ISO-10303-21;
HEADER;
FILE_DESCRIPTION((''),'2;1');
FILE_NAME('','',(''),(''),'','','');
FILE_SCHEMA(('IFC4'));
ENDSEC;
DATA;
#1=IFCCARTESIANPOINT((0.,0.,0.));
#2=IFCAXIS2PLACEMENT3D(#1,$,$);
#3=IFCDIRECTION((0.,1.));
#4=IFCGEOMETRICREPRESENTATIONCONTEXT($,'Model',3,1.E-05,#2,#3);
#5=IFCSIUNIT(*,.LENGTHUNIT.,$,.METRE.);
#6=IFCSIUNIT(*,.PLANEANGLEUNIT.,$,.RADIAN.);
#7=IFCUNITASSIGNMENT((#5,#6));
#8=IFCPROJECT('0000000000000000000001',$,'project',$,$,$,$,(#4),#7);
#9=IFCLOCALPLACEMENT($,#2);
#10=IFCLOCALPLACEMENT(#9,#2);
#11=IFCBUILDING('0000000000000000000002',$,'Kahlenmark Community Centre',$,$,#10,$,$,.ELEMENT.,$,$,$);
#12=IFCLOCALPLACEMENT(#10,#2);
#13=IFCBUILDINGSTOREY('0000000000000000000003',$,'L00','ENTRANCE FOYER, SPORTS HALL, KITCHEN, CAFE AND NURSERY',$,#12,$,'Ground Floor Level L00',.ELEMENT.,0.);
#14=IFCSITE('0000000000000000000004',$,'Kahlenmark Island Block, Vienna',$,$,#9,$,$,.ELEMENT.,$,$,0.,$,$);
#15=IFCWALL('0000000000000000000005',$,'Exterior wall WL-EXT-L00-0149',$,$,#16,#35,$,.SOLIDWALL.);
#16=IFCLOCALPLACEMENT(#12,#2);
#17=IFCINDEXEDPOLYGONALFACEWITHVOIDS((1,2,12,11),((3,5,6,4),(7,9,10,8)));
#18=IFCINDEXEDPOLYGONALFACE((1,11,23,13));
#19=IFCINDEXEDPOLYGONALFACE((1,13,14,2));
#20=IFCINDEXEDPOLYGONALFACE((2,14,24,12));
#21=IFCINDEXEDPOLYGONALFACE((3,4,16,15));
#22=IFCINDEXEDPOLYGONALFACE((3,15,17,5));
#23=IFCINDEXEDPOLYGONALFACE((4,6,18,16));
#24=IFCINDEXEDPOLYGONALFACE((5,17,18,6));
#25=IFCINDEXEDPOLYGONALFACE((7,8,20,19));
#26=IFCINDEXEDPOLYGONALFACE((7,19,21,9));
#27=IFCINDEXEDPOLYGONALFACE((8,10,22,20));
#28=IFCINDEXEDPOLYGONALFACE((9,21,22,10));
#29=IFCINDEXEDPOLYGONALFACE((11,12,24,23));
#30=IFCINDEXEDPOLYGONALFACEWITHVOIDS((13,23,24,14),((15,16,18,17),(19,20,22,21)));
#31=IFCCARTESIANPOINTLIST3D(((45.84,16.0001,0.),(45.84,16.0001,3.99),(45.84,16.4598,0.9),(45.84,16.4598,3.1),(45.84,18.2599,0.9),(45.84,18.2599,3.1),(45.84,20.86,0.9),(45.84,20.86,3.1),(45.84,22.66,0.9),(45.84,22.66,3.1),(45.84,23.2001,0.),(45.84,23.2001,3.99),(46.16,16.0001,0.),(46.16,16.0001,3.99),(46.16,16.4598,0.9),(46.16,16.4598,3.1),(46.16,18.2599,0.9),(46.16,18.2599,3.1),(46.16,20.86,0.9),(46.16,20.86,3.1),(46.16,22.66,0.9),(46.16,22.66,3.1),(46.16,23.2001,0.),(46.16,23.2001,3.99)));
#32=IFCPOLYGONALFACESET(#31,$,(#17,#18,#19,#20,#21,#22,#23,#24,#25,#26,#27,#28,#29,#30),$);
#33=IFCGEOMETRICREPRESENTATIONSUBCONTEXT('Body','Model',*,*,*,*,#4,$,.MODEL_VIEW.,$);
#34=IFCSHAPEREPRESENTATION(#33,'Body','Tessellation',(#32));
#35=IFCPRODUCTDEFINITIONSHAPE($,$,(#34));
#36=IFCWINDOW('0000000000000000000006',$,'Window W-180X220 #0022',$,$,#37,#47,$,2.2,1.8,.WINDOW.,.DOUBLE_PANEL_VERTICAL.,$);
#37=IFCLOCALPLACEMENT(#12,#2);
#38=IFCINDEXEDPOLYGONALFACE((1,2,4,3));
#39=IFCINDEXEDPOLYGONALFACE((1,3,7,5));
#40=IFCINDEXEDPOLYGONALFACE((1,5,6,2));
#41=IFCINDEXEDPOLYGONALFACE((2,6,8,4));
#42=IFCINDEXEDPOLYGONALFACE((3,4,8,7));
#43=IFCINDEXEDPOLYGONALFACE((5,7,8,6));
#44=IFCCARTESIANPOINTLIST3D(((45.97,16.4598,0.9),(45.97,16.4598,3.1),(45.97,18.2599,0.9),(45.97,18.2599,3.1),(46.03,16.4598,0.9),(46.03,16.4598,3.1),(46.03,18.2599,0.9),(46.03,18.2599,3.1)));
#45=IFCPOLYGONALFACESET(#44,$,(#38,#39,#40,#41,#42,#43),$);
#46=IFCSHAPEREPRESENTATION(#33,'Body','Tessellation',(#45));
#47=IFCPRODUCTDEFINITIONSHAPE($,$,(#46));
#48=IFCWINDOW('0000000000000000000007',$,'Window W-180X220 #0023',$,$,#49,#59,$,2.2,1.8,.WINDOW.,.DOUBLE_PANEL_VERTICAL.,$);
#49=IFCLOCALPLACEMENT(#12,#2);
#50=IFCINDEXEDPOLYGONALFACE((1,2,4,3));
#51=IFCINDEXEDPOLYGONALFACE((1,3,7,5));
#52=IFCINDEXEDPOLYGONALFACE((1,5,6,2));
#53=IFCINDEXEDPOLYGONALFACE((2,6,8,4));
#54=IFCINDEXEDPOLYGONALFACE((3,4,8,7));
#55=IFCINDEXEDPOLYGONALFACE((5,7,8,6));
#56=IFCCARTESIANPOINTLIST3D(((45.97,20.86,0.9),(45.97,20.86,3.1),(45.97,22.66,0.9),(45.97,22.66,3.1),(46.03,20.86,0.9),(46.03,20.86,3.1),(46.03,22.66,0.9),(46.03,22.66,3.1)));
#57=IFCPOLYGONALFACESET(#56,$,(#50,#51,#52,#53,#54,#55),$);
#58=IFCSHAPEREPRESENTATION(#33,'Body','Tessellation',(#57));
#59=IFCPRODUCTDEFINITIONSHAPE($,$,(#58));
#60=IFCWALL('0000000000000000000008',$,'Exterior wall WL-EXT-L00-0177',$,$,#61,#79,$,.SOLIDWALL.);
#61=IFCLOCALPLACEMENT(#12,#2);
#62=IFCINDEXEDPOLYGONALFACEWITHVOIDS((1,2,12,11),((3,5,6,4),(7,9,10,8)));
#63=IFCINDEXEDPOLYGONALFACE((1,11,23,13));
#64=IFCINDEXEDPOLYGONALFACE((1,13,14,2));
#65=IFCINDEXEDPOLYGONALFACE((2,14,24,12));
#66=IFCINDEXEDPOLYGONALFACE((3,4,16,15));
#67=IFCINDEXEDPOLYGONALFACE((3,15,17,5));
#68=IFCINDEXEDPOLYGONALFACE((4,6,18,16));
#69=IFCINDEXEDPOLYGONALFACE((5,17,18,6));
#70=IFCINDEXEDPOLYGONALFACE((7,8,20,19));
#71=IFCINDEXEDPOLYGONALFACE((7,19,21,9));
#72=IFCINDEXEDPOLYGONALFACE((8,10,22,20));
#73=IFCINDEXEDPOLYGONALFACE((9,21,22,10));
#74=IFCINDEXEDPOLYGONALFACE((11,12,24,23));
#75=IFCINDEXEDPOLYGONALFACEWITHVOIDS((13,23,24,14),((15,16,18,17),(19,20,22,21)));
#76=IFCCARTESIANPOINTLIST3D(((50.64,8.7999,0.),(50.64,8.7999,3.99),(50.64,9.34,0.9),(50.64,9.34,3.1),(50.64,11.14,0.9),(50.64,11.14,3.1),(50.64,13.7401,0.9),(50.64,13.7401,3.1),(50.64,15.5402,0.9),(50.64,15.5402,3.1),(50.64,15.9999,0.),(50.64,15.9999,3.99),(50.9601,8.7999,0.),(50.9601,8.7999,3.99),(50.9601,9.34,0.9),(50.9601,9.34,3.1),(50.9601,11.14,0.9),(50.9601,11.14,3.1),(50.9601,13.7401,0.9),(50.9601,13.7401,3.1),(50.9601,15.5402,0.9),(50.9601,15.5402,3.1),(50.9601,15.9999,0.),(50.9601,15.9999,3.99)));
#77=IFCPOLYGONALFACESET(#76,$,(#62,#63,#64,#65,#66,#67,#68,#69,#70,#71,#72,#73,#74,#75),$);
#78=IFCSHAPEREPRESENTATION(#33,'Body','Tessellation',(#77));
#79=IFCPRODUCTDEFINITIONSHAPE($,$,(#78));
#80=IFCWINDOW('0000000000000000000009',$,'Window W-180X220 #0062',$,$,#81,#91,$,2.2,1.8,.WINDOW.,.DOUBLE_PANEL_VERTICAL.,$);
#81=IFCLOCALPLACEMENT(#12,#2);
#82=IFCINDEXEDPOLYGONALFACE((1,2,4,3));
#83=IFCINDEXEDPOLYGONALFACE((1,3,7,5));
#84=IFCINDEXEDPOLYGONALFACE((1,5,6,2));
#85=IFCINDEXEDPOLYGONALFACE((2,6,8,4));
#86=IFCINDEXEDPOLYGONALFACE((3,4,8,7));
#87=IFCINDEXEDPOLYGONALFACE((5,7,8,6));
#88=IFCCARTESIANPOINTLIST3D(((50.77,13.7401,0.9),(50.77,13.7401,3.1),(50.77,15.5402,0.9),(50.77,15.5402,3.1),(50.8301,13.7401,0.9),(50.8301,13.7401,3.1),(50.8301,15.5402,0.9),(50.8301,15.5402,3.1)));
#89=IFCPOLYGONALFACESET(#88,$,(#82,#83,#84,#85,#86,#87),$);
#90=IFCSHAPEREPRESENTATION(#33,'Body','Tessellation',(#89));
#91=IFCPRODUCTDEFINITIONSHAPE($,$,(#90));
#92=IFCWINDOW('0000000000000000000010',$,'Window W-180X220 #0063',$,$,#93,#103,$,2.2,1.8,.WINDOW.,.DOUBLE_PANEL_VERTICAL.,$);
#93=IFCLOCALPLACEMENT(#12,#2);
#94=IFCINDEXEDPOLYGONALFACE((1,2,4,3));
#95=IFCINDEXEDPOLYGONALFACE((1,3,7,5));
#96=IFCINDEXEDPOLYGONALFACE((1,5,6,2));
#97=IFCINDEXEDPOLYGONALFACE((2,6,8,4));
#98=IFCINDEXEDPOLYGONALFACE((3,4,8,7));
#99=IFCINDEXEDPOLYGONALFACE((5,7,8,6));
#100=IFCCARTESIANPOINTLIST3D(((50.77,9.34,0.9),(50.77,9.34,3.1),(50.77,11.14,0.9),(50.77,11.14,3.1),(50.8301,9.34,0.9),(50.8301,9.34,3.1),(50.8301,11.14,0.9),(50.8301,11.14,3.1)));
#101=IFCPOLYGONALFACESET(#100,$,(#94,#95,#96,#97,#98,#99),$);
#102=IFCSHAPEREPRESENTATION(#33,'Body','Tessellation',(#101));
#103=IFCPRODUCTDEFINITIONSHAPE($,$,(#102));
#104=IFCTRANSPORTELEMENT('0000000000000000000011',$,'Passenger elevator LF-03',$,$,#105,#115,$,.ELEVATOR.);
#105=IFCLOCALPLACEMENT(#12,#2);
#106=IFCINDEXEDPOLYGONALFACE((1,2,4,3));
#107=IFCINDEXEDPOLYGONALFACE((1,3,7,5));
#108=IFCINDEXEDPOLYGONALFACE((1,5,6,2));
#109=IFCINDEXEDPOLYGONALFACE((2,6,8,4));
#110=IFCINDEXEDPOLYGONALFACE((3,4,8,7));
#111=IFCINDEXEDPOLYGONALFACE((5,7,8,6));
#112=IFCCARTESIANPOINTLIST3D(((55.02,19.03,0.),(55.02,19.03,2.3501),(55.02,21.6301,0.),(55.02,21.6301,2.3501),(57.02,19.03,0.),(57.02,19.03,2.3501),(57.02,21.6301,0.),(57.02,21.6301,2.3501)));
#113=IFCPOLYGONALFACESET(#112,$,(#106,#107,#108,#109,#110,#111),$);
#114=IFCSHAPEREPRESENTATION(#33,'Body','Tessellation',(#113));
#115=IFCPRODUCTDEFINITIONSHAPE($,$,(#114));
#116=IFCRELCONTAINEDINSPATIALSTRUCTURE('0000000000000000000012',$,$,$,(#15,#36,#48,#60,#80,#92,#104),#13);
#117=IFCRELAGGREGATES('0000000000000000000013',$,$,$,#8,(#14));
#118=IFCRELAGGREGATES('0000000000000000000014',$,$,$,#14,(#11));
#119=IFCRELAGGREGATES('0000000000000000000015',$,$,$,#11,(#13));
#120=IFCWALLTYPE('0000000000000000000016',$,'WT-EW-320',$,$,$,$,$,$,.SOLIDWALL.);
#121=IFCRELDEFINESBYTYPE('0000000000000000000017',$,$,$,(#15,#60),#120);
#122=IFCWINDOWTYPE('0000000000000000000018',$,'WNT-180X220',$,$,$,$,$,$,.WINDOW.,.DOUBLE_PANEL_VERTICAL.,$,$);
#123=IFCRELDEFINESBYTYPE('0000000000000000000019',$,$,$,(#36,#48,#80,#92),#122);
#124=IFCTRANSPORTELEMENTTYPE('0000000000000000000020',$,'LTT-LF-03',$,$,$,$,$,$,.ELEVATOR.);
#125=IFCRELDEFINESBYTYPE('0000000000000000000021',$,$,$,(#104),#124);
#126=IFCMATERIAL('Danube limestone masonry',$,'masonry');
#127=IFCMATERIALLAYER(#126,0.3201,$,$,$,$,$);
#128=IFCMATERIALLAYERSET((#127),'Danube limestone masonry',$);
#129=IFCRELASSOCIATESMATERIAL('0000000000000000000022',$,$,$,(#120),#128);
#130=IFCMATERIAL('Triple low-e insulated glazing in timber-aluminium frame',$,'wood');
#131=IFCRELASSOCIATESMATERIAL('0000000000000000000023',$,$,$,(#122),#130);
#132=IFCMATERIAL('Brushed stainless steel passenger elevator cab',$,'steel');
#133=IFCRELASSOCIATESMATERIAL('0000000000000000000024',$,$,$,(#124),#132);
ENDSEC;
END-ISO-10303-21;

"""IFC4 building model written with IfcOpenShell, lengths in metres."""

from ifc_helpers import new_model, si_unit, direction, frame, frame_2d, origin, origin_2d, place, context, subcontext, project, spatial, rectangle, extrude, material, layer, layer_set, type_object, element, fill, save


model = new_model("IFC4")

# Units and contexts
model_context = context("Model", 3, precision=1e-05, world=origin(), true_north=direction((0.0, 1.0)))
body_context = subcontext(model_context, "Body", "Model", "MODEL_VIEW")
ifc_project = project(units=[si_unit("LENGTHUNIT", "METRE"), si_unit("PLANEANGLEUNIT", "RADIAN")], contexts=[model_context])

# Site, building, storey
site_placement = place(None, origin())
site = spatial("IfcSite", under=ifc_project, at=site_placement, Name="Kahlenmark Island Block, Vienna", CompositionType="ELEMENT", RefElevation=0.0)
building_placement = place(site_placement, origin())
building = spatial("IfcBuilding", under=site, at=building_placement, Name="Kahlenmark Community Centre", CompositionType="ELEMENT")
storey_placement = place(building_placement, origin())
storey = spatial("IfcBuildingStorey", under=building, at=storey_placement, Name="L00", Description="ENTRANCE FOYER, SPORTS HALL, KITCHEN, CAFE AND NURSERY", LongName="Ground Floor Level L00", CompositionType="ELEMENT", Elevation=0.0)

# Walls, openings, windows
ifc_material_1 = material(Name="Danube limestone masonry", Category="masonry")
ifc_layer_1 = layer(ifc_material_1, 0.3201)
ifc_layer_set_1 = layer_set([ifc_layer_1], Name="Danube limestone masonry")
wall_type_1 = type_object("IfcWallType", Name="WT-EW-320", PredefinedType="SOLIDWALL", material=ifc_layer_set_1)
wall_1_placement = place(storey_placement, frame((46.0, 16.0, 0.0), z_axis=(0.0, 0.0, 1.0), x_axis=(0.0, 1.0, 0.0)))
wall_1 = element("IfcWall", 1, at=wall_1_placement, inside=storey, type_object=wall_type_1, Name="Exterior wall WL-EXT-L00-0149", PredefinedType="SOLIDWALL", context=body_context, shape_type="SweptSolid", body=[
    extrude(rectangle(XDim=7.2, YDim=0.3201, at=frame_2d((3.6001, 0.0))), origin(), (0.0, 0.0, 1.0), 3.99),
])
opening_1_placement = place(wall_1_placement, frame((0.46, 0.0, 0.8999)))
opening_1 = element("IfcOpeningElement", 2, at=opening_1_placement, cuts=wall_1, PredefinedType="OPENING", context=body_context, shape_type="SweptSolid", body=[
    extrude(rectangle(XDim=1.8, YDim=2.2, at=frame_2d((0.8999, 1.1001))), frame((0.0, 0.1699, 0.0), z_axis=(0.0, -1.0, 0.0), x_axis=(1.0, 0.0, 0.0)), (0.0, 0.0, 1.0), 0.3401),
])
opening_2_placement = place(wall_1_placement, frame((4.8601, 0.0, 0.8999)))
opening_2 = element("IfcOpeningElement", 3, at=opening_2_placement, cuts=wall_1, PredefinedType="OPENING", context=body_context, shape_type="SweptSolid", body=[
    extrude(rectangle(XDim=1.8, YDim=2.2, at=frame_2d((0.8999, 1.1001))), frame((0.0, 0.1699, 0.0), z_axis=(0.0, -1.0, 0.0), x_axis=(1.0, 0.0, 0.0)), (0.0, 0.0, 1.0), 0.3401),
])
ifc_material_2 = material(Name="Triple low-e insulated glazing in timber-aluminium frame", Category="wood")
window_type = type_object("IfcWindowType", Name="WNT-180X220", PartitioningType="DOUBLE_PANEL_VERTICAL", PredefinedType="WINDOW", material=ifc_material_2)
window_1_placement = place(opening_1_placement, origin())
window_1 = element("IfcWindow", 4, at=window_1_placement, inside=storey, type_object=window_type, Name="Window W-180X220 #0022", OverallHeight=2.2, OverallWidth=1.8, PartitioningType="DOUBLE_PANEL_VERTICAL", PredefinedType="WINDOW", context=body_context, shape_type="SweptSolid", body=[
    extrude(rectangle(XDim=1.8, YDim=2.2, at=frame_2d((0.8999, 1.1001))), frame((0.0, 0.03, 0.0), z_axis=(0.0, -1.0, 0.0), x_axis=(1.0, 0.0, 0.0)), (0.0, 0.0, 1.0), 0.0601),
])
fill(opening_1, window_1)
window_2_placement = place(opening_2_placement, origin())
window_2 = element("IfcWindow", 5, at=window_2_placement, inside=storey, type_object=window_type, Name="Window W-180X220 #0023", OverallHeight=2.2, OverallWidth=1.8, PartitioningType="DOUBLE_PANEL_VERTICAL", PredefinedType="WINDOW", context=body_context, shape_type="SweptSolid", body=[
    extrude(rectangle(XDim=1.8, YDim=2.2, at=frame_2d((0.8999, 1.1001))), frame((0.0, 0.03, 0.0), z_axis=(0.0, -1.0, 0.0), x_axis=(1.0, 0.0, 0.0)), (0.0, 0.0, 1.0), 0.0601),
])
fill(opening_2, window_2)
wall_2_placement = place(storey_placement, frame((50.8, 16.0, 0.0), z_axis=(0.0, 0.0, 1.0), x_axis=(0.0, -1.0, 0.0)))
wall_2 = element("IfcWall", 6, at=wall_2_placement, inside=storey, type_object=wall_type_1, Name="Exterior wall WL-EXT-L00-0177", PredefinedType="SOLIDWALL", context=body_context, shape_type="SweptSolid", body=[
    extrude(rectangle(XDim=7.2, YDim=0.3201, at=frame_2d((3.6001, 0.0))), origin(), (0.0, 0.0, 1.0), 3.99),
])
opening_3_placement = place(wall_2_placement, frame((0.46, 0.0, 0.8999)))
opening_3 = element("IfcOpeningElement", 7, at=opening_3_placement, cuts=wall_2, PredefinedType="OPENING", context=body_context, shape_type="SweptSolid", body=[
    extrude(rectangle(XDim=1.8, YDim=2.2, at=frame_2d((0.8999, 1.1001))), frame((0.0, 0.1699, 0.0), z_axis=(0.0, -1.0, 0.0), x_axis=(1.0, 0.0, 0.0)), (0.0, 0.0, 1.0), 0.3401),
])
opening_4_placement = place(wall_2_placement, frame((4.8601, 0.0, 0.8999)))
opening_4 = element("IfcOpeningElement", 8, at=opening_4_placement, cuts=wall_2, PredefinedType="OPENING", context=body_context, shape_type="SweptSolid", body=[
    extrude(rectangle(XDim=1.8, YDim=2.2, at=frame_2d((0.8999, 1.1001))), frame((0.0, 0.1699, 0.0), z_axis=(0.0, -1.0, 0.0), x_axis=(1.0, 0.0, 0.0)), (0.0, 0.0, 1.0), 0.3401),
])
window_3_placement = place(opening_3_placement, origin())
window_3 = element("IfcWindow", 9, at=window_3_placement, inside=storey, type_object=window_type, Name="Window W-180X220 #0062", OverallHeight=2.2, OverallWidth=1.8, PartitioningType="DOUBLE_PANEL_VERTICAL", PredefinedType="WINDOW", context=body_context, shape_type="SweptSolid", body=[
    extrude(rectangle(XDim=1.8, YDim=2.2, at=frame_2d((0.8999, 1.1001))), frame((0.0, 0.03, 0.0), z_axis=(0.0, -1.0, 0.0), x_axis=(1.0, 0.0, 0.0)), (0.0, 0.0, 1.0), 0.0601),
])
fill(opening_3, window_3)
window_4_placement = place(opening_4_placement, origin())
window_4 = element("IfcWindow", 10, at=window_4_placement, inside=storey, type_object=window_type, Name="Window W-180X220 #0063", OverallHeight=2.2, OverallWidth=1.8, PartitioningType="DOUBLE_PANEL_VERTICAL", PredefinedType="WINDOW", context=body_context, shape_type="SweptSolid", body=[
    extrude(rectangle(XDim=1.8, YDim=2.2, at=frame_2d((0.8999, 1.1001))), frame((0.0, 0.03, 0.0), z_axis=(0.0, -1.0, 0.0), x_axis=(1.0, 0.0, 0.0)), (0.0, 0.0, 1.0), 0.0601),
])
fill(opening_4, window_4)

# Transport element
ifc_material_3 = material(Name="Brushed stainless steel passenger elevator cab", Category="steel")
transport_element_type = type_object("IfcTransportElementType", Name="LTT-LF-03", PredefinedType="ELEVATOR", material=ifc_material_3)
transport_element_placement = place(storey_placement, frame((56.02, 20.3301, 0.0), z_axis=(0.0, 0.0, 1.0), x_axis=(1.0, 0.0, 0.0)))
element("IfcTransportElement", 11, at=transport_element_placement, inside=storey, type_object=transport_element_type, Name="Passenger elevator LF-03", PredefinedType="ELEVATOR", context=body_context, shape_type="SweptSolid", body=[
    extrude(rectangle(XDim=2.0, YDim=2.6001, at=origin_2d()), origin(), (0.0, 0.0, 1.0), 2.3501),
])

save(model, "model.ifc")
